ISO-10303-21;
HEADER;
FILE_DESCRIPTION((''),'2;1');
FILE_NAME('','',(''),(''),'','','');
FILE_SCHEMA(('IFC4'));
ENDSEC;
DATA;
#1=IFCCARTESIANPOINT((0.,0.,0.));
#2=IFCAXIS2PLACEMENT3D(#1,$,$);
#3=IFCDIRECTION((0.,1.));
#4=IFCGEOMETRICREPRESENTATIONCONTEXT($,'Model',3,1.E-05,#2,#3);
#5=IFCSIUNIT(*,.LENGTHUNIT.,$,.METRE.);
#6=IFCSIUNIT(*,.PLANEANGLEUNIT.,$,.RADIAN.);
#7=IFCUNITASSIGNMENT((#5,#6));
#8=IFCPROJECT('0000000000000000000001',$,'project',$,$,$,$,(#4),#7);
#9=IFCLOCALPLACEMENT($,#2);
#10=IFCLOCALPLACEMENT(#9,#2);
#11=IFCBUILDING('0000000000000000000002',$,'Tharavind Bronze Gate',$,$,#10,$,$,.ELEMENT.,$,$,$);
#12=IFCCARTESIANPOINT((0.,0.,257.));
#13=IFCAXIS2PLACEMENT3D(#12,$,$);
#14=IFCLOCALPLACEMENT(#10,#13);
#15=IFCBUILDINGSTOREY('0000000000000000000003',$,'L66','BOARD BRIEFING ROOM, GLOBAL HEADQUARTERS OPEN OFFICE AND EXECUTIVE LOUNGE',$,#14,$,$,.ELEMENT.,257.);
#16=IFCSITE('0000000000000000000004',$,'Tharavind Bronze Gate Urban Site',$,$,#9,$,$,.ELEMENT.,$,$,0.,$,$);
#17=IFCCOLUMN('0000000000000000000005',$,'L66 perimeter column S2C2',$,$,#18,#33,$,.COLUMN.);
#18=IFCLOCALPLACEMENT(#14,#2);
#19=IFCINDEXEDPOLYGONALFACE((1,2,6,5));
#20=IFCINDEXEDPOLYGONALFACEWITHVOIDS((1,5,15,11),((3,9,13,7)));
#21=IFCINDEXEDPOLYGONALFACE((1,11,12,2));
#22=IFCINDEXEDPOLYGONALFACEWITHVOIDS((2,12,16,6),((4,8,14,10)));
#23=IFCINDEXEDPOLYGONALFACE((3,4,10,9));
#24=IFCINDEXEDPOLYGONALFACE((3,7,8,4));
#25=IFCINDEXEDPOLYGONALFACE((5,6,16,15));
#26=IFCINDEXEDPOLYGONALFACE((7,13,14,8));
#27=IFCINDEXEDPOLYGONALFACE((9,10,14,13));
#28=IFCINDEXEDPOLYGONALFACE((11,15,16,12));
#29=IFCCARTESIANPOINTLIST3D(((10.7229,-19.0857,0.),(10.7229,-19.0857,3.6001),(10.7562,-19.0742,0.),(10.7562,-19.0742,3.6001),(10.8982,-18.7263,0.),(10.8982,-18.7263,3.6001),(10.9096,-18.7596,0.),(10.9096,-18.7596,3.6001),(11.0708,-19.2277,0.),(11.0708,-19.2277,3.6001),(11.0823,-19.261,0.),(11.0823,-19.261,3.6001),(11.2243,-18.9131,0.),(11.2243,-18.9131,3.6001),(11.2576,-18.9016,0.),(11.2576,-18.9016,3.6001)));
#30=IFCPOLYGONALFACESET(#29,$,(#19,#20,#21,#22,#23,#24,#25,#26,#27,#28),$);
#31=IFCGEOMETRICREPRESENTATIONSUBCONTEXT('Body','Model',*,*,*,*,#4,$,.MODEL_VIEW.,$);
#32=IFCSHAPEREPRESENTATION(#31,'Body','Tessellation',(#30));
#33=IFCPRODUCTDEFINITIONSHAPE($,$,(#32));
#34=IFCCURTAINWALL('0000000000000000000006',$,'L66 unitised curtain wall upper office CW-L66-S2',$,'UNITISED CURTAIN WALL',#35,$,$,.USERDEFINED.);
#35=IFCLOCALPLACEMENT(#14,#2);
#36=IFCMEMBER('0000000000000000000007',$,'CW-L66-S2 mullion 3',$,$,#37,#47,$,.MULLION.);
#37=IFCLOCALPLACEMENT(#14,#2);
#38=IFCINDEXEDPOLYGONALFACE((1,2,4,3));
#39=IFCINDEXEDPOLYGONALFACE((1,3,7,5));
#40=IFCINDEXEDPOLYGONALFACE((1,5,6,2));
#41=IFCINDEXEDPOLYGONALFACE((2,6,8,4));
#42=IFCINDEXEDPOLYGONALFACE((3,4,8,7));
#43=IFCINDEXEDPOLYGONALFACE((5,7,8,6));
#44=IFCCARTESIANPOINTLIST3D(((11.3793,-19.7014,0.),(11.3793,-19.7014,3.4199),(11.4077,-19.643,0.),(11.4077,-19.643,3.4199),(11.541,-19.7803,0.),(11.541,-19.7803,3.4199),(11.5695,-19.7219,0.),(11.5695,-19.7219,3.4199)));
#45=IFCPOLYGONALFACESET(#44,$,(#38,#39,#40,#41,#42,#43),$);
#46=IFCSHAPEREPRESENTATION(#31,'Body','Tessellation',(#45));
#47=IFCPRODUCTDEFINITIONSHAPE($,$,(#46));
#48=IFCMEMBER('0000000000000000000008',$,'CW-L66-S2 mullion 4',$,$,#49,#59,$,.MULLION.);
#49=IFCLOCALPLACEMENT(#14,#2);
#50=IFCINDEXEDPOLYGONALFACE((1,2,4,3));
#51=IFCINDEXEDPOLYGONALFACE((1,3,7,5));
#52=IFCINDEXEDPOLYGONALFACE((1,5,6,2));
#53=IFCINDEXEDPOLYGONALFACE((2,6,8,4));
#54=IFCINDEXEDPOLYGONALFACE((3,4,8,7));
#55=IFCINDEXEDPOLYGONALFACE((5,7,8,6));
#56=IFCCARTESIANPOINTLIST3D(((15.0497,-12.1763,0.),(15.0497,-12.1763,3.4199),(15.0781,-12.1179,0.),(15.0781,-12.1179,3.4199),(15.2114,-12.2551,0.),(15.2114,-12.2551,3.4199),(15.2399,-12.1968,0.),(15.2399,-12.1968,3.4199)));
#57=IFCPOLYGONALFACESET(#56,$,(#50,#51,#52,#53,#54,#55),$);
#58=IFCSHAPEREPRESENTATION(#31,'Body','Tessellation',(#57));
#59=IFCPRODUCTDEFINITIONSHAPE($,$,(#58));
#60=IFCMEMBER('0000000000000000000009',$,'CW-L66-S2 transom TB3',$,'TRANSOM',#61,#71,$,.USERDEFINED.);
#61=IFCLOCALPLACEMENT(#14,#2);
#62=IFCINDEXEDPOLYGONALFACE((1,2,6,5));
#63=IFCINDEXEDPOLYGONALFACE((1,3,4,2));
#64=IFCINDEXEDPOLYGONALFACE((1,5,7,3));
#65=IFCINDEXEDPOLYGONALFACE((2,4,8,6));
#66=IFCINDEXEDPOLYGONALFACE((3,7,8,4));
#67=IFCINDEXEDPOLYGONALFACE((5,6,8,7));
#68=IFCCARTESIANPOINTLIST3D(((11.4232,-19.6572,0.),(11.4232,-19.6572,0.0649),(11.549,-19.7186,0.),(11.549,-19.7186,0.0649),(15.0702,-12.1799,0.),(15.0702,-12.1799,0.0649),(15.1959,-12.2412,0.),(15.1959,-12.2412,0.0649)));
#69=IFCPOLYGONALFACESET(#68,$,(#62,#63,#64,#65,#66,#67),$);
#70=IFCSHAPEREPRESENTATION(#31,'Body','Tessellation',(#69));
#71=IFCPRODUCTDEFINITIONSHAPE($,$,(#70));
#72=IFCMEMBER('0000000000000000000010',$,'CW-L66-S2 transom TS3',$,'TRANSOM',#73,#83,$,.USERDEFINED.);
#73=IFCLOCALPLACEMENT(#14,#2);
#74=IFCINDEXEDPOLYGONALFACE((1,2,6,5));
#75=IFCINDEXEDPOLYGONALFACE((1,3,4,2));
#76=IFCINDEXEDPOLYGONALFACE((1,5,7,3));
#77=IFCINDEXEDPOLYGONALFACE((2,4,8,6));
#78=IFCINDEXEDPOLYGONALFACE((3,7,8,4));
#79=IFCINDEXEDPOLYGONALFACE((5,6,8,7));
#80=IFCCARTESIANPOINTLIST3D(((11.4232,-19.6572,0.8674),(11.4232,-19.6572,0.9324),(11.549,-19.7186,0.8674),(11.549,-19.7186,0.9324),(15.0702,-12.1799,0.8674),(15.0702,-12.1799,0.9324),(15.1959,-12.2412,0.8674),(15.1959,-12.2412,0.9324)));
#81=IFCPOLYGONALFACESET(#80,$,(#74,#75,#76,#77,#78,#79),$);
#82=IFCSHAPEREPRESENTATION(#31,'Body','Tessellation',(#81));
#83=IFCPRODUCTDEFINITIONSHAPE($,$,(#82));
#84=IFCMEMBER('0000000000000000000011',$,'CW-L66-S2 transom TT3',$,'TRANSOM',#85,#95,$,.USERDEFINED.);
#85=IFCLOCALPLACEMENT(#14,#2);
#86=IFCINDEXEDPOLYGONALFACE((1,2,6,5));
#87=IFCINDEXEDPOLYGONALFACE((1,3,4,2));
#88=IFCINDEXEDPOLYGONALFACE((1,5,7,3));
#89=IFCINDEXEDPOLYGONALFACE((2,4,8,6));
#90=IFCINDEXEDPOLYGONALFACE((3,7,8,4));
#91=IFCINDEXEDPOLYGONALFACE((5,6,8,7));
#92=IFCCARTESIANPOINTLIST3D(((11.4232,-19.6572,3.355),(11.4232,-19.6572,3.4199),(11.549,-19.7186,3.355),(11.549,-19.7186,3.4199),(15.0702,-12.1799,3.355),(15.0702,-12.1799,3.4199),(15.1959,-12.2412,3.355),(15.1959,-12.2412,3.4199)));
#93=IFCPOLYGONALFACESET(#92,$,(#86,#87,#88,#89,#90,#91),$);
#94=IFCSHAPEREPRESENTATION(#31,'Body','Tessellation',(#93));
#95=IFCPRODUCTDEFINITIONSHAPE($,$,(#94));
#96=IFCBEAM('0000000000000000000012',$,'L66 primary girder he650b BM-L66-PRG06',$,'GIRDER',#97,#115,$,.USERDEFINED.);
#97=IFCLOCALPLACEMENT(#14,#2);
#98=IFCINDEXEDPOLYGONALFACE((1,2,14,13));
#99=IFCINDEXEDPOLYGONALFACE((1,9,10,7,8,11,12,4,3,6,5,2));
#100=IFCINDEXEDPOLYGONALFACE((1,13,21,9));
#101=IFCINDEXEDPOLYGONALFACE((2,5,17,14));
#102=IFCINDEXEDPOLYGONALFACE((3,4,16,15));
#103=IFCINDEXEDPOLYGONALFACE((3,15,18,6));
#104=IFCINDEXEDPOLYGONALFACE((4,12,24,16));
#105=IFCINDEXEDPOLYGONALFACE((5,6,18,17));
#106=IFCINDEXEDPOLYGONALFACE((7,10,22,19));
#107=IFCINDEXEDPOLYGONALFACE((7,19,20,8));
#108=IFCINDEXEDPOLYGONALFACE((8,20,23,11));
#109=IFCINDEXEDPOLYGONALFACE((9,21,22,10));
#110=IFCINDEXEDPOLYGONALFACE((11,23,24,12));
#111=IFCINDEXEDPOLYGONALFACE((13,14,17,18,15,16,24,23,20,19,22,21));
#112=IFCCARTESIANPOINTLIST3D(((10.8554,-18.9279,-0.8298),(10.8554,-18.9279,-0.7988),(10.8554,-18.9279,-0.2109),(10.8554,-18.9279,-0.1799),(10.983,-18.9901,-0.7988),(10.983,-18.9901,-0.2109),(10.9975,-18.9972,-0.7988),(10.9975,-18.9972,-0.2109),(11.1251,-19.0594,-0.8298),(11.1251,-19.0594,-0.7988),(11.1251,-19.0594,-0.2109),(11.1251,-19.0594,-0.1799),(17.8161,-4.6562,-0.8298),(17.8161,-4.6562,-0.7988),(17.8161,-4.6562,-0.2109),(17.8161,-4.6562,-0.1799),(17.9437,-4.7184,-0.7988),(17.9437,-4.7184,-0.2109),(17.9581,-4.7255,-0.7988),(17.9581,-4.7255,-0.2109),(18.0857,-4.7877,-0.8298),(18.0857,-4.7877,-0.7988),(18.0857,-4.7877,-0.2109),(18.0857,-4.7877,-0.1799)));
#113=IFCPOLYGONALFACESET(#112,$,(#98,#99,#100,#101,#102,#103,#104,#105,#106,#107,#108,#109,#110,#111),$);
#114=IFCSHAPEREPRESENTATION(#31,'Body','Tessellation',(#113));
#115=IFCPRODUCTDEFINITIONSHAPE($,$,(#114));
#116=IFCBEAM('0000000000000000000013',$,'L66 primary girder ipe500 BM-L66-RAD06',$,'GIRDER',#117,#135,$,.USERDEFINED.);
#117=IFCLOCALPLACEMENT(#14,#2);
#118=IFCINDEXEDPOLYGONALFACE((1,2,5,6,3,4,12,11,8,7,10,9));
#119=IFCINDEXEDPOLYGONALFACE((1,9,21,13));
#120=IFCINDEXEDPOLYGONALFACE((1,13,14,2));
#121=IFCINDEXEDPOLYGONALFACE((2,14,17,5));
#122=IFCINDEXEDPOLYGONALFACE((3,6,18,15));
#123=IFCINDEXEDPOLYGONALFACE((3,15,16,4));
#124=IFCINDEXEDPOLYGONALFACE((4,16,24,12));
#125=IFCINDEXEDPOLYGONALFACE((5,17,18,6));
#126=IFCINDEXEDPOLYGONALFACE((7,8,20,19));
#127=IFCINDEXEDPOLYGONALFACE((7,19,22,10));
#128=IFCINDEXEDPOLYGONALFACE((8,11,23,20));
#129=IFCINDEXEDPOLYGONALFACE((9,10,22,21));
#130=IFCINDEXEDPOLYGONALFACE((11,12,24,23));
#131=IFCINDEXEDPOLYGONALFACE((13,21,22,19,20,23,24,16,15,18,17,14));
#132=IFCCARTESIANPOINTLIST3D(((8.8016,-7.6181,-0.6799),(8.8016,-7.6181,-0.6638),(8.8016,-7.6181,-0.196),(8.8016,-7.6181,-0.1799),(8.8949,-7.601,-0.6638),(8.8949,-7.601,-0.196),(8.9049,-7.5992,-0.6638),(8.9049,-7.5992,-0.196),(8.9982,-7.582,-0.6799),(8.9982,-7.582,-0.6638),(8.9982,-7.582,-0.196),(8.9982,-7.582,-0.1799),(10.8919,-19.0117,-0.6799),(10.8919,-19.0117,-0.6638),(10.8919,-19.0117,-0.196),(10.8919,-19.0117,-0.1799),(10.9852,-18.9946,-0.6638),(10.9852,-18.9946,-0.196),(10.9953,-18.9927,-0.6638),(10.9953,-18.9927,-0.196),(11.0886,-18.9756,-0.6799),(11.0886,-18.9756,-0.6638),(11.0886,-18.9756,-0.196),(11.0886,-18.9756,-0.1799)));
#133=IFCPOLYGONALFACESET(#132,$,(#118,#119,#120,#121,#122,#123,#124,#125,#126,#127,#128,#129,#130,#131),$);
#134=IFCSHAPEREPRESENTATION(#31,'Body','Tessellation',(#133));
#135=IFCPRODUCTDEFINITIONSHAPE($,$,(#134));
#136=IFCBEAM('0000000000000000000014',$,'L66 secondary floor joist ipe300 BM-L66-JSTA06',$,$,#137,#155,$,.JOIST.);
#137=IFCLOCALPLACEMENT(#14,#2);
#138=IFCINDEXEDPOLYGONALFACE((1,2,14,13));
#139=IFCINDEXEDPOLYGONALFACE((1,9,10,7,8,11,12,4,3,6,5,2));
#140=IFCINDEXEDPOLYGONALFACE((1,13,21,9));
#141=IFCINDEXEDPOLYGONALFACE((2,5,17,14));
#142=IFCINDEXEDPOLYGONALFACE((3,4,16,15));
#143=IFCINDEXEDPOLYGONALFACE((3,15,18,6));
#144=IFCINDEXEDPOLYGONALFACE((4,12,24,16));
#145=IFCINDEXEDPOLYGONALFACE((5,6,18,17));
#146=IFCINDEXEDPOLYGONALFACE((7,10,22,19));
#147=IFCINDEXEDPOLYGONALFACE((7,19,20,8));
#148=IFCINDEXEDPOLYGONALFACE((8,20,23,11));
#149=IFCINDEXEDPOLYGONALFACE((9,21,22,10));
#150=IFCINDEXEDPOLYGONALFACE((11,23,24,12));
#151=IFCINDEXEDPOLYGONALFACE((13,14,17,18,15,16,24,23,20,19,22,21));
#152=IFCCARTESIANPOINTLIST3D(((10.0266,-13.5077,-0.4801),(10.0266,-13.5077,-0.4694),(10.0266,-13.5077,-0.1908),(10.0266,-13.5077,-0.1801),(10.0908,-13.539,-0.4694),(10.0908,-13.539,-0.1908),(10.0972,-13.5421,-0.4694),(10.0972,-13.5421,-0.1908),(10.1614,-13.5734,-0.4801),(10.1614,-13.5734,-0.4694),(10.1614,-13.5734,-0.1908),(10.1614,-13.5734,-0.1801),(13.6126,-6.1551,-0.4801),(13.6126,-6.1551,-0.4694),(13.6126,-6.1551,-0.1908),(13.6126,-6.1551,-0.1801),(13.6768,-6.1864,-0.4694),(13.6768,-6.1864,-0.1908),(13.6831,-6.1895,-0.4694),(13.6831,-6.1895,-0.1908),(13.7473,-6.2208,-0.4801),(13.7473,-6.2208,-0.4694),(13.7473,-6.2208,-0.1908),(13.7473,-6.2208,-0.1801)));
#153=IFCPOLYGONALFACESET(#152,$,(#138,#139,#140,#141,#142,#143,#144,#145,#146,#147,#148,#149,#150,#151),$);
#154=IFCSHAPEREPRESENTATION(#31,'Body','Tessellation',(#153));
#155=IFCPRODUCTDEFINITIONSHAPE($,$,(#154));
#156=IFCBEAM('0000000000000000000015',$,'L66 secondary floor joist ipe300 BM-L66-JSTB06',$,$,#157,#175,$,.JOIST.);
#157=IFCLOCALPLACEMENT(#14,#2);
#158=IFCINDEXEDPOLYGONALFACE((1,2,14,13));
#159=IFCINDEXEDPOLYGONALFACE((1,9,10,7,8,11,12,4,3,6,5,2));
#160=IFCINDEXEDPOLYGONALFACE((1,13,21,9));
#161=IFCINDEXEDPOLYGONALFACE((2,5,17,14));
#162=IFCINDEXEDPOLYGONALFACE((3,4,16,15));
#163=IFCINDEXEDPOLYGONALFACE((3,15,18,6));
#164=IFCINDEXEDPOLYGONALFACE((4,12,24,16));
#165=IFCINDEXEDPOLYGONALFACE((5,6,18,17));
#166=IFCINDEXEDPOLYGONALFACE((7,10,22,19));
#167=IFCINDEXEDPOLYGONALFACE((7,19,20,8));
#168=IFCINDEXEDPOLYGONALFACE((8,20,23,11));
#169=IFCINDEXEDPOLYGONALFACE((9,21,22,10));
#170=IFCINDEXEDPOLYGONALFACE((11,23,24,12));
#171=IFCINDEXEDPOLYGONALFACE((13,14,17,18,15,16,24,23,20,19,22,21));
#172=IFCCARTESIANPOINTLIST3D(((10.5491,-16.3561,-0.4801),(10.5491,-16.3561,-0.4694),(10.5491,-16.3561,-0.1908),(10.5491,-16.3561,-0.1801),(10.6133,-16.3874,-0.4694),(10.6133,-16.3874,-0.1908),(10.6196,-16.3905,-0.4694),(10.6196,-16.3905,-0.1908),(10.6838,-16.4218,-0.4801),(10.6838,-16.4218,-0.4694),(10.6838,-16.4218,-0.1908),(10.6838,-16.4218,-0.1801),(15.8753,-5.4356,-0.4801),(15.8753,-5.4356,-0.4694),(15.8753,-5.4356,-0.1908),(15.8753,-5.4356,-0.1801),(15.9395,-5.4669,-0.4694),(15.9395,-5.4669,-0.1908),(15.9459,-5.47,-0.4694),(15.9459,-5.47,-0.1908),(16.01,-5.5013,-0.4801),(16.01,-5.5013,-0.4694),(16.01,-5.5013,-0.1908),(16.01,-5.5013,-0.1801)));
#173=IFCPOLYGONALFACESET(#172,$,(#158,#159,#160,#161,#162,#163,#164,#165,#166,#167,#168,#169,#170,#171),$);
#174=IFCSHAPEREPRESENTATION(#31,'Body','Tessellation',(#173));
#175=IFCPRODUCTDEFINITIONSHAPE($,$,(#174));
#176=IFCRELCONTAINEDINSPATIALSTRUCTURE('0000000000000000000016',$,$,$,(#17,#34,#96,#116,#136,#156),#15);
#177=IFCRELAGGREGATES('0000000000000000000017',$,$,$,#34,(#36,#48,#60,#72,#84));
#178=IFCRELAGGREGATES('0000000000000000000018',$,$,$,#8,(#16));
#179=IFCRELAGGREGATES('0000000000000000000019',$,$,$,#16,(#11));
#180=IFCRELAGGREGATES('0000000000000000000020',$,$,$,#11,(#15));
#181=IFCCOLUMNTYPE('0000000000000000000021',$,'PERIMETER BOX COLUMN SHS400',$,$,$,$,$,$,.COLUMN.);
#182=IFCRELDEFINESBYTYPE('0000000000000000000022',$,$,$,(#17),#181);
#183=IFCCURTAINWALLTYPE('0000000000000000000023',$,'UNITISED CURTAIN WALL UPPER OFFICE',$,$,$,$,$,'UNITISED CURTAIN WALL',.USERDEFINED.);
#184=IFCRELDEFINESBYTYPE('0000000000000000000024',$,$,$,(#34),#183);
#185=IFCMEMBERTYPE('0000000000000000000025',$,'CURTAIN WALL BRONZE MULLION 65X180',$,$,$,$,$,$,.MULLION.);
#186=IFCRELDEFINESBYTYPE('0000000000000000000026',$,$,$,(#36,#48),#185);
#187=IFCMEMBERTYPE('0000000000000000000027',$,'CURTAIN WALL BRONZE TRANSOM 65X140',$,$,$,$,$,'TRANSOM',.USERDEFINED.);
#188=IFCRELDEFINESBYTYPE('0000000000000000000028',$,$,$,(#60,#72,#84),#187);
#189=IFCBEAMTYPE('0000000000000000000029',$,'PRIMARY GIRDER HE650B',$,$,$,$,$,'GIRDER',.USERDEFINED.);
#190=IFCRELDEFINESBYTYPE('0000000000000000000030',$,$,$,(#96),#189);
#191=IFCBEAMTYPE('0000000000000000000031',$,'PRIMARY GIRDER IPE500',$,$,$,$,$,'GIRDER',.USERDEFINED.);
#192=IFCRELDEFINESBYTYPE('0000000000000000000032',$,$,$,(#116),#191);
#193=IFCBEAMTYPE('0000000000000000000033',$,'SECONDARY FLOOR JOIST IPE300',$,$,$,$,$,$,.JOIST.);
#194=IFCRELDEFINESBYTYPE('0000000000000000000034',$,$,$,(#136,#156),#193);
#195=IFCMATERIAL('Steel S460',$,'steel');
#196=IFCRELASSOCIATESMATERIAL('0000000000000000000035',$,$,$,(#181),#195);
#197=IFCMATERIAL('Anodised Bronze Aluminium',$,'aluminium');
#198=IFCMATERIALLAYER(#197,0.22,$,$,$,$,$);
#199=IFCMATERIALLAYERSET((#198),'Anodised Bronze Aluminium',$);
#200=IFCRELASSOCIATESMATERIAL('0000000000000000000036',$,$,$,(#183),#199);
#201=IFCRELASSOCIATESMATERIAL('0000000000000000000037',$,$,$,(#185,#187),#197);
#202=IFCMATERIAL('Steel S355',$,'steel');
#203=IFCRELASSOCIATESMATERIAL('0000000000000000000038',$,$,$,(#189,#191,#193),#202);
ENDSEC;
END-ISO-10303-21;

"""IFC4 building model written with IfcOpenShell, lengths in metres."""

from ifc_helpers import new_model, si_unit, direction, frame, origin, origin_2d, place, context, subcontext, project, spatial, rectangle, hollow_rectangle, i_section, extrude, material, layer, layer_set, material_profile, profile_set, type_object, element, aggregate, save


model = new_model("IFC4")

# Units and contexts
model_context = context("Model", 3, precision=1e-05, world=origin(), true_north=direction((0.0, 1.0)))
body_context = subcontext(model_context, "Body", "Model", "MODEL_VIEW")
ifc_project = project(units=[si_unit("LENGTHUNIT", "METRE"), si_unit("PLANEANGLEUNIT", "RADIAN")], contexts=[model_context])

# Site, building, storey
site_placement = place(None, origin())
site = spatial("IfcSite", under=ifc_project, at=site_placement, Name="Tharavind Bronze Gate Urban Site", CompositionType="ELEMENT", RefElevation=0.0)
building_placement = place(site_placement, origin())
building = spatial("IfcBuilding", under=site, at=building_placement, Name="Tharavind Bronze Gate", CompositionType="ELEMENT")
storey_placement = place(building_placement, frame((0.0, 0.0, 257.0)))
storey = spatial("IfcBuildingStorey", under=building, at=storey_placement, Name="L66", Description="BOARD BRIEFING ROOM, GLOBAL HEADQUARTERS OPEN OFFICE AND EXECUTIVE LOUNGE", CompositionType="ELEMENT", Elevation=257.0)

# Column
ifc_material_1 = material(Name="Steel S460", Category="steel")
ifc_material_profile_1 = material_profile(ifc_material_1, hollow_rectangle(XDim=0.3999, YDim=0.3999, WallThickness=0.0249, at=origin_2d()), Name="SHS400X25")
ifc_profile_set_1 = profile_set([ifc_material_profile_1], Name="Steel S460")
column_type = type_object("IfcColumnType", Name="PERIMETER BOX COLUMN SHS400", PredefinedType="COLUMN", material=ifc_profile_set_1)
column_placement = place(storey_placement, frame((10.9902, -18.9937, 0.0), z_axis=(0.0, 0.0, 1.0), x_axis=(0.438373, 0.898793, 0.0)))
element("IfcColumn", 1, at=column_placement, inside=storey, type_object=column_type, Name="L66 perimeter column S2C2", PredefinedType="COLUMN", context=body_context, shape_type="SweptSolid", body=[
    extrude(hollow_rectangle(XDim=0.3999, YDim=0.3999, WallThickness=0.0249, at=origin_2d()), origin(), (0.0, 0.0, 1.0), 3.6001),
])

# Curtain wall, members
ifc_material_2 = material(Name="Anodised Bronze Aluminium", Category="aluminium")
ifc_layer_1 = layer(ifc_material_2, 0.22)
ifc_layer_set_1 = layer_set([ifc_layer_1], Name="Anodised Bronze Aluminium")
curtain_wall_type = type_object("IfcCurtainWallType", Name="UNITISED CURTAIN WALL UPPER OFFICE", ElementType="UNITISED CURTAIN WALL", PredefinedType="USERDEFINED", material=ifc_layer_set_1)
curtain_wall_placement = place(storey_placement, origin())
curtain_wall = element("IfcCurtainWall", 2, at=curtain_wall_placement, inside=storey, type_object=curtain_wall_type, Name="L66 unitised curtain wall upper office CW-L66-S2", ObjectType="UNITISED CURTAIN WALL", PredefinedType="USERDEFINED")
member_type_1 = type_object("IfcMemberType", Name="CURTAIN WALL BRONZE MULLION 65X180", PredefinedType="MULLION", material=ifc_material_2)
member_1_placement = place(storey_placement, frame((11.4744, -19.7117, 0.0), z_axis=(0.0, 0.0, 1.0), x_axis=(0.438373, 0.898793, 0.0)))
member_1 = element("IfcMember", 3, at=member_1_placement, type_object=member_type_1, Name="CW-L66-S2 mullion 3", PredefinedType="MULLION", context=body_context, shape_type="SweptSolid", body=[
    extrude(rectangle(XDim=0.0649, YDim=0.1799, at=origin_2d()), origin(), (0.0, 0.0, 1.0), 3.4199),
])
member_2_placement = place(storey_placement, frame((15.1448, -12.1865, 0.0), z_axis=(0.0, 0.0, 1.0), x_axis=(0.438373, 0.898793, 0.0)))
member_2 = element("IfcMember", 4, at=member_2_placement, type_object=member_type_1, Name="CW-L66-S2 mullion 4", PredefinedType="MULLION", context=body_context, shape_type="SweptSolid", body=[
    extrude(rectangle(XDim=0.0649, YDim=0.1799, at=origin_2d()), origin(), (0.0, 0.0, 1.0), 3.4199),
])
member_type_2 = type_object("IfcMemberType", Name="CURTAIN WALL BRONZE TRANSOM 65X140", ElementType="TRANSOM", PredefinedType="USERDEFINED", material=ifc_material_2)
member_3_placement = place(storey_placement, frame((13.3096, -15.9492, 0.0), z_axis=(0.0, 0.0, 1.0), x_axis=(0.438373, 0.898793, 0.0)))
member_3 = element("IfcMember", 5, at=member_3_placement, type_object=member_type_2, Name="CW-L66-S2 transom TB3", ObjectType="TRANSOM", PredefinedType="USERDEFINED", context=body_context, shape_type="SweptSolid", body=[
    extrude(rectangle(XDim=8.3193, YDim=0.1399, at=origin_2d()), origin(), (0.0, 0.0, 1.0), 0.0649),
])
member_4_placement = place(storey_placement, frame((13.3096, -15.9492, 0.8674), z_axis=(0.0, 0.0, 1.0), x_axis=(0.438373, 0.898793, 0.0)))
member_4 = element("IfcMember", 6, at=member_4_placement, type_object=member_type_2, Name="CW-L66-S2 transom TS3", ObjectType="TRANSOM", PredefinedType="USERDEFINED", context=body_context, shape_type="SweptSolid", body=[
    extrude(rectangle(XDim=8.3193, YDim=0.1399, at=origin_2d()), origin(), (0.0, 0.0, 1.0), 0.0649),
])
member_5_placement = place(storey_placement, frame((13.3096, -15.9492, 3.355), z_axis=(0.0, 0.0, 1.0), x_axis=(0.438373, 0.898793, 0.0)))
member_5 = element("IfcMember", 7, at=member_5_placement, type_object=member_type_2, Name="CW-L66-S2 transom TT3", ObjectType="TRANSOM", PredefinedType="USERDEFINED", context=body_context, shape_type="SweptSolid", body=[
    extrude(rectangle(XDim=8.3193, YDim=0.1399, at=origin_2d()), origin(), (0.0, 0.0, 1.0), 0.0649),
])

# Beams
ifc_material_3 = material(Name="Steel S355", Category="steel")
ifc_material_profile_2 = material_profile(ifc_material_3, i_section(OverallWidth=0.3, OverallDepth=0.6499, WebThickness=0.0161, FlangeThickness=0.031, at=origin_2d()), Name="HE650B")
ifc_profile_set_2 = profile_set([ifc_material_profile_2], Name="Steel S355")
beam_type_1 = type_object("IfcBeamType", Name="PRIMARY GIRDER HE650B", ElementType="GIRDER", PredefinedType="USERDEFINED", material=ifc_profile_set_2)
beam_1_placement = place(storey_placement, frame((10.9902, -18.9937, -0.5049), z_axis=(0.438366, 0.898796, 0.0), x_axis=(-0.898796, 0.438366, 0.0)))
element("IfcBeam", 8, at=beam_1_placement, inside=storey, type_object=beam_type_1, Name="L66 primary girder he650b BM-L66-PRG06", ObjectType="GIRDER", PredefinedType="USERDEFINED", context=body_context, shape_type="SweptSolid", body=[
    extrude(i_section(OverallWidth=0.3, OverallDepth=0.6499, WebThickness=0.0161, FlangeThickness=0.031, at=origin_2d()), origin(), (0.0, 0.0, 1.0), 15.8787),
])
ifc_material_profile_3 = material_profile(ifc_material_3, i_section(OverallWidth=0.2, OverallDepth=0.5, WebThickness=0.0103, FlangeThickness=0.0161, at=origin_2d()), Name="IPE500")
ifc_profile_set_3 = profile_set([ifc_material_profile_3], Name="Steel S355")
beam_type_2 = type_object("IfcBeamType", Name="PRIMARY GIRDER IPE500", ElementType="GIRDER", PredefinedType="USERDEFINED", material=ifc_profile_set_3)
beam_2_placement = place(storey_placement, frame((10.9902, -18.9937, -0.4299), z_axis=(-0.180454, 0.983583, 0.0), x_axis=(-0.983583, -0.180454, 0.0)))
element("IfcBeam", 9, at=beam_2_placement, inside=storey, type_object=beam_type_2, Name="L66 primary girder ipe500 BM-L66-RAD06", ObjectType="GIRDER", PredefinedType="USERDEFINED", context=body_context, shape_type="SweptSolid", body=[
    extrude(i_section(OverallWidth=0.2, OverallDepth=0.5, WebThickness=0.0103, FlangeThickness=0.0161, at=origin_2d()), origin(), (0.0, 0.0, 1.0), 11.5837),
])
ifc_material_profile_4 = material_profile(ifc_material_3, i_section(OverallWidth=0.1499, OverallDepth=0.3, WebThickness=0.0071, FlangeThickness=0.0107, at=origin_2d()), Name="IPE300")
ifc_profile_set_4 = profile_set([ifc_material_profile_4], Name="Steel S355")
beam_type_3 = type_object("IfcBeamType", Name="SECONDARY FLOOR JOIST IPE300", PredefinedType="JOIST", material=ifc_profile_set_4)
beam_3_placement = place(storey_placement, frame((10.094, -13.5405, -0.3301), z_axis=(0.438358, 0.898801, 0.0), x_axis=(-0.898801, 0.438358, 0.0)))
element("IfcBeam", 10, at=beam_3_placement, inside=storey, type_object=beam_type_3, Name="L66 secondary floor joist ipe300 BM-L66-JSTA06", PredefinedType="JOIST", context=body_context, shape_type="SweptSolid", body=[
    extrude(i_section(OverallWidth=0.1499, OverallDepth=0.3, WebThickness=0.0071, FlangeThickness=0.0107, at=origin_2d()), origin(), (0.0, 0.0, 1.0), 8.1804),
])
beam_4_placement = place(storey_placement, frame((10.6165, -16.3889, -0.3301), z_axis=(0.438367, 0.898796, 0.0), x_axis=(-0.898796, 0.438367, 0.0)))
element("IfcBeam", 11, at=beam_4_placement, inside=storey, type_object=beam_type_3, Name="L66 secondary floor joist ipe300 BM-L66-JSTB06", PredefinedType="JOIST", context=body_context, shape_type="SweptSolid", body=[
    extrude(i_section(OverallWidth=0.1499, OverallDepth=0.3, WebThickness=0.0071, FlangeThickness=0.0107, at=origin_2d()), origin(), (0.0, 0.0, 1.0), 12.1501),
])

aggregate(curtain_wall, [member_1, member_2, member_3, member_4, member_5])

save(model, "model.ifc")
